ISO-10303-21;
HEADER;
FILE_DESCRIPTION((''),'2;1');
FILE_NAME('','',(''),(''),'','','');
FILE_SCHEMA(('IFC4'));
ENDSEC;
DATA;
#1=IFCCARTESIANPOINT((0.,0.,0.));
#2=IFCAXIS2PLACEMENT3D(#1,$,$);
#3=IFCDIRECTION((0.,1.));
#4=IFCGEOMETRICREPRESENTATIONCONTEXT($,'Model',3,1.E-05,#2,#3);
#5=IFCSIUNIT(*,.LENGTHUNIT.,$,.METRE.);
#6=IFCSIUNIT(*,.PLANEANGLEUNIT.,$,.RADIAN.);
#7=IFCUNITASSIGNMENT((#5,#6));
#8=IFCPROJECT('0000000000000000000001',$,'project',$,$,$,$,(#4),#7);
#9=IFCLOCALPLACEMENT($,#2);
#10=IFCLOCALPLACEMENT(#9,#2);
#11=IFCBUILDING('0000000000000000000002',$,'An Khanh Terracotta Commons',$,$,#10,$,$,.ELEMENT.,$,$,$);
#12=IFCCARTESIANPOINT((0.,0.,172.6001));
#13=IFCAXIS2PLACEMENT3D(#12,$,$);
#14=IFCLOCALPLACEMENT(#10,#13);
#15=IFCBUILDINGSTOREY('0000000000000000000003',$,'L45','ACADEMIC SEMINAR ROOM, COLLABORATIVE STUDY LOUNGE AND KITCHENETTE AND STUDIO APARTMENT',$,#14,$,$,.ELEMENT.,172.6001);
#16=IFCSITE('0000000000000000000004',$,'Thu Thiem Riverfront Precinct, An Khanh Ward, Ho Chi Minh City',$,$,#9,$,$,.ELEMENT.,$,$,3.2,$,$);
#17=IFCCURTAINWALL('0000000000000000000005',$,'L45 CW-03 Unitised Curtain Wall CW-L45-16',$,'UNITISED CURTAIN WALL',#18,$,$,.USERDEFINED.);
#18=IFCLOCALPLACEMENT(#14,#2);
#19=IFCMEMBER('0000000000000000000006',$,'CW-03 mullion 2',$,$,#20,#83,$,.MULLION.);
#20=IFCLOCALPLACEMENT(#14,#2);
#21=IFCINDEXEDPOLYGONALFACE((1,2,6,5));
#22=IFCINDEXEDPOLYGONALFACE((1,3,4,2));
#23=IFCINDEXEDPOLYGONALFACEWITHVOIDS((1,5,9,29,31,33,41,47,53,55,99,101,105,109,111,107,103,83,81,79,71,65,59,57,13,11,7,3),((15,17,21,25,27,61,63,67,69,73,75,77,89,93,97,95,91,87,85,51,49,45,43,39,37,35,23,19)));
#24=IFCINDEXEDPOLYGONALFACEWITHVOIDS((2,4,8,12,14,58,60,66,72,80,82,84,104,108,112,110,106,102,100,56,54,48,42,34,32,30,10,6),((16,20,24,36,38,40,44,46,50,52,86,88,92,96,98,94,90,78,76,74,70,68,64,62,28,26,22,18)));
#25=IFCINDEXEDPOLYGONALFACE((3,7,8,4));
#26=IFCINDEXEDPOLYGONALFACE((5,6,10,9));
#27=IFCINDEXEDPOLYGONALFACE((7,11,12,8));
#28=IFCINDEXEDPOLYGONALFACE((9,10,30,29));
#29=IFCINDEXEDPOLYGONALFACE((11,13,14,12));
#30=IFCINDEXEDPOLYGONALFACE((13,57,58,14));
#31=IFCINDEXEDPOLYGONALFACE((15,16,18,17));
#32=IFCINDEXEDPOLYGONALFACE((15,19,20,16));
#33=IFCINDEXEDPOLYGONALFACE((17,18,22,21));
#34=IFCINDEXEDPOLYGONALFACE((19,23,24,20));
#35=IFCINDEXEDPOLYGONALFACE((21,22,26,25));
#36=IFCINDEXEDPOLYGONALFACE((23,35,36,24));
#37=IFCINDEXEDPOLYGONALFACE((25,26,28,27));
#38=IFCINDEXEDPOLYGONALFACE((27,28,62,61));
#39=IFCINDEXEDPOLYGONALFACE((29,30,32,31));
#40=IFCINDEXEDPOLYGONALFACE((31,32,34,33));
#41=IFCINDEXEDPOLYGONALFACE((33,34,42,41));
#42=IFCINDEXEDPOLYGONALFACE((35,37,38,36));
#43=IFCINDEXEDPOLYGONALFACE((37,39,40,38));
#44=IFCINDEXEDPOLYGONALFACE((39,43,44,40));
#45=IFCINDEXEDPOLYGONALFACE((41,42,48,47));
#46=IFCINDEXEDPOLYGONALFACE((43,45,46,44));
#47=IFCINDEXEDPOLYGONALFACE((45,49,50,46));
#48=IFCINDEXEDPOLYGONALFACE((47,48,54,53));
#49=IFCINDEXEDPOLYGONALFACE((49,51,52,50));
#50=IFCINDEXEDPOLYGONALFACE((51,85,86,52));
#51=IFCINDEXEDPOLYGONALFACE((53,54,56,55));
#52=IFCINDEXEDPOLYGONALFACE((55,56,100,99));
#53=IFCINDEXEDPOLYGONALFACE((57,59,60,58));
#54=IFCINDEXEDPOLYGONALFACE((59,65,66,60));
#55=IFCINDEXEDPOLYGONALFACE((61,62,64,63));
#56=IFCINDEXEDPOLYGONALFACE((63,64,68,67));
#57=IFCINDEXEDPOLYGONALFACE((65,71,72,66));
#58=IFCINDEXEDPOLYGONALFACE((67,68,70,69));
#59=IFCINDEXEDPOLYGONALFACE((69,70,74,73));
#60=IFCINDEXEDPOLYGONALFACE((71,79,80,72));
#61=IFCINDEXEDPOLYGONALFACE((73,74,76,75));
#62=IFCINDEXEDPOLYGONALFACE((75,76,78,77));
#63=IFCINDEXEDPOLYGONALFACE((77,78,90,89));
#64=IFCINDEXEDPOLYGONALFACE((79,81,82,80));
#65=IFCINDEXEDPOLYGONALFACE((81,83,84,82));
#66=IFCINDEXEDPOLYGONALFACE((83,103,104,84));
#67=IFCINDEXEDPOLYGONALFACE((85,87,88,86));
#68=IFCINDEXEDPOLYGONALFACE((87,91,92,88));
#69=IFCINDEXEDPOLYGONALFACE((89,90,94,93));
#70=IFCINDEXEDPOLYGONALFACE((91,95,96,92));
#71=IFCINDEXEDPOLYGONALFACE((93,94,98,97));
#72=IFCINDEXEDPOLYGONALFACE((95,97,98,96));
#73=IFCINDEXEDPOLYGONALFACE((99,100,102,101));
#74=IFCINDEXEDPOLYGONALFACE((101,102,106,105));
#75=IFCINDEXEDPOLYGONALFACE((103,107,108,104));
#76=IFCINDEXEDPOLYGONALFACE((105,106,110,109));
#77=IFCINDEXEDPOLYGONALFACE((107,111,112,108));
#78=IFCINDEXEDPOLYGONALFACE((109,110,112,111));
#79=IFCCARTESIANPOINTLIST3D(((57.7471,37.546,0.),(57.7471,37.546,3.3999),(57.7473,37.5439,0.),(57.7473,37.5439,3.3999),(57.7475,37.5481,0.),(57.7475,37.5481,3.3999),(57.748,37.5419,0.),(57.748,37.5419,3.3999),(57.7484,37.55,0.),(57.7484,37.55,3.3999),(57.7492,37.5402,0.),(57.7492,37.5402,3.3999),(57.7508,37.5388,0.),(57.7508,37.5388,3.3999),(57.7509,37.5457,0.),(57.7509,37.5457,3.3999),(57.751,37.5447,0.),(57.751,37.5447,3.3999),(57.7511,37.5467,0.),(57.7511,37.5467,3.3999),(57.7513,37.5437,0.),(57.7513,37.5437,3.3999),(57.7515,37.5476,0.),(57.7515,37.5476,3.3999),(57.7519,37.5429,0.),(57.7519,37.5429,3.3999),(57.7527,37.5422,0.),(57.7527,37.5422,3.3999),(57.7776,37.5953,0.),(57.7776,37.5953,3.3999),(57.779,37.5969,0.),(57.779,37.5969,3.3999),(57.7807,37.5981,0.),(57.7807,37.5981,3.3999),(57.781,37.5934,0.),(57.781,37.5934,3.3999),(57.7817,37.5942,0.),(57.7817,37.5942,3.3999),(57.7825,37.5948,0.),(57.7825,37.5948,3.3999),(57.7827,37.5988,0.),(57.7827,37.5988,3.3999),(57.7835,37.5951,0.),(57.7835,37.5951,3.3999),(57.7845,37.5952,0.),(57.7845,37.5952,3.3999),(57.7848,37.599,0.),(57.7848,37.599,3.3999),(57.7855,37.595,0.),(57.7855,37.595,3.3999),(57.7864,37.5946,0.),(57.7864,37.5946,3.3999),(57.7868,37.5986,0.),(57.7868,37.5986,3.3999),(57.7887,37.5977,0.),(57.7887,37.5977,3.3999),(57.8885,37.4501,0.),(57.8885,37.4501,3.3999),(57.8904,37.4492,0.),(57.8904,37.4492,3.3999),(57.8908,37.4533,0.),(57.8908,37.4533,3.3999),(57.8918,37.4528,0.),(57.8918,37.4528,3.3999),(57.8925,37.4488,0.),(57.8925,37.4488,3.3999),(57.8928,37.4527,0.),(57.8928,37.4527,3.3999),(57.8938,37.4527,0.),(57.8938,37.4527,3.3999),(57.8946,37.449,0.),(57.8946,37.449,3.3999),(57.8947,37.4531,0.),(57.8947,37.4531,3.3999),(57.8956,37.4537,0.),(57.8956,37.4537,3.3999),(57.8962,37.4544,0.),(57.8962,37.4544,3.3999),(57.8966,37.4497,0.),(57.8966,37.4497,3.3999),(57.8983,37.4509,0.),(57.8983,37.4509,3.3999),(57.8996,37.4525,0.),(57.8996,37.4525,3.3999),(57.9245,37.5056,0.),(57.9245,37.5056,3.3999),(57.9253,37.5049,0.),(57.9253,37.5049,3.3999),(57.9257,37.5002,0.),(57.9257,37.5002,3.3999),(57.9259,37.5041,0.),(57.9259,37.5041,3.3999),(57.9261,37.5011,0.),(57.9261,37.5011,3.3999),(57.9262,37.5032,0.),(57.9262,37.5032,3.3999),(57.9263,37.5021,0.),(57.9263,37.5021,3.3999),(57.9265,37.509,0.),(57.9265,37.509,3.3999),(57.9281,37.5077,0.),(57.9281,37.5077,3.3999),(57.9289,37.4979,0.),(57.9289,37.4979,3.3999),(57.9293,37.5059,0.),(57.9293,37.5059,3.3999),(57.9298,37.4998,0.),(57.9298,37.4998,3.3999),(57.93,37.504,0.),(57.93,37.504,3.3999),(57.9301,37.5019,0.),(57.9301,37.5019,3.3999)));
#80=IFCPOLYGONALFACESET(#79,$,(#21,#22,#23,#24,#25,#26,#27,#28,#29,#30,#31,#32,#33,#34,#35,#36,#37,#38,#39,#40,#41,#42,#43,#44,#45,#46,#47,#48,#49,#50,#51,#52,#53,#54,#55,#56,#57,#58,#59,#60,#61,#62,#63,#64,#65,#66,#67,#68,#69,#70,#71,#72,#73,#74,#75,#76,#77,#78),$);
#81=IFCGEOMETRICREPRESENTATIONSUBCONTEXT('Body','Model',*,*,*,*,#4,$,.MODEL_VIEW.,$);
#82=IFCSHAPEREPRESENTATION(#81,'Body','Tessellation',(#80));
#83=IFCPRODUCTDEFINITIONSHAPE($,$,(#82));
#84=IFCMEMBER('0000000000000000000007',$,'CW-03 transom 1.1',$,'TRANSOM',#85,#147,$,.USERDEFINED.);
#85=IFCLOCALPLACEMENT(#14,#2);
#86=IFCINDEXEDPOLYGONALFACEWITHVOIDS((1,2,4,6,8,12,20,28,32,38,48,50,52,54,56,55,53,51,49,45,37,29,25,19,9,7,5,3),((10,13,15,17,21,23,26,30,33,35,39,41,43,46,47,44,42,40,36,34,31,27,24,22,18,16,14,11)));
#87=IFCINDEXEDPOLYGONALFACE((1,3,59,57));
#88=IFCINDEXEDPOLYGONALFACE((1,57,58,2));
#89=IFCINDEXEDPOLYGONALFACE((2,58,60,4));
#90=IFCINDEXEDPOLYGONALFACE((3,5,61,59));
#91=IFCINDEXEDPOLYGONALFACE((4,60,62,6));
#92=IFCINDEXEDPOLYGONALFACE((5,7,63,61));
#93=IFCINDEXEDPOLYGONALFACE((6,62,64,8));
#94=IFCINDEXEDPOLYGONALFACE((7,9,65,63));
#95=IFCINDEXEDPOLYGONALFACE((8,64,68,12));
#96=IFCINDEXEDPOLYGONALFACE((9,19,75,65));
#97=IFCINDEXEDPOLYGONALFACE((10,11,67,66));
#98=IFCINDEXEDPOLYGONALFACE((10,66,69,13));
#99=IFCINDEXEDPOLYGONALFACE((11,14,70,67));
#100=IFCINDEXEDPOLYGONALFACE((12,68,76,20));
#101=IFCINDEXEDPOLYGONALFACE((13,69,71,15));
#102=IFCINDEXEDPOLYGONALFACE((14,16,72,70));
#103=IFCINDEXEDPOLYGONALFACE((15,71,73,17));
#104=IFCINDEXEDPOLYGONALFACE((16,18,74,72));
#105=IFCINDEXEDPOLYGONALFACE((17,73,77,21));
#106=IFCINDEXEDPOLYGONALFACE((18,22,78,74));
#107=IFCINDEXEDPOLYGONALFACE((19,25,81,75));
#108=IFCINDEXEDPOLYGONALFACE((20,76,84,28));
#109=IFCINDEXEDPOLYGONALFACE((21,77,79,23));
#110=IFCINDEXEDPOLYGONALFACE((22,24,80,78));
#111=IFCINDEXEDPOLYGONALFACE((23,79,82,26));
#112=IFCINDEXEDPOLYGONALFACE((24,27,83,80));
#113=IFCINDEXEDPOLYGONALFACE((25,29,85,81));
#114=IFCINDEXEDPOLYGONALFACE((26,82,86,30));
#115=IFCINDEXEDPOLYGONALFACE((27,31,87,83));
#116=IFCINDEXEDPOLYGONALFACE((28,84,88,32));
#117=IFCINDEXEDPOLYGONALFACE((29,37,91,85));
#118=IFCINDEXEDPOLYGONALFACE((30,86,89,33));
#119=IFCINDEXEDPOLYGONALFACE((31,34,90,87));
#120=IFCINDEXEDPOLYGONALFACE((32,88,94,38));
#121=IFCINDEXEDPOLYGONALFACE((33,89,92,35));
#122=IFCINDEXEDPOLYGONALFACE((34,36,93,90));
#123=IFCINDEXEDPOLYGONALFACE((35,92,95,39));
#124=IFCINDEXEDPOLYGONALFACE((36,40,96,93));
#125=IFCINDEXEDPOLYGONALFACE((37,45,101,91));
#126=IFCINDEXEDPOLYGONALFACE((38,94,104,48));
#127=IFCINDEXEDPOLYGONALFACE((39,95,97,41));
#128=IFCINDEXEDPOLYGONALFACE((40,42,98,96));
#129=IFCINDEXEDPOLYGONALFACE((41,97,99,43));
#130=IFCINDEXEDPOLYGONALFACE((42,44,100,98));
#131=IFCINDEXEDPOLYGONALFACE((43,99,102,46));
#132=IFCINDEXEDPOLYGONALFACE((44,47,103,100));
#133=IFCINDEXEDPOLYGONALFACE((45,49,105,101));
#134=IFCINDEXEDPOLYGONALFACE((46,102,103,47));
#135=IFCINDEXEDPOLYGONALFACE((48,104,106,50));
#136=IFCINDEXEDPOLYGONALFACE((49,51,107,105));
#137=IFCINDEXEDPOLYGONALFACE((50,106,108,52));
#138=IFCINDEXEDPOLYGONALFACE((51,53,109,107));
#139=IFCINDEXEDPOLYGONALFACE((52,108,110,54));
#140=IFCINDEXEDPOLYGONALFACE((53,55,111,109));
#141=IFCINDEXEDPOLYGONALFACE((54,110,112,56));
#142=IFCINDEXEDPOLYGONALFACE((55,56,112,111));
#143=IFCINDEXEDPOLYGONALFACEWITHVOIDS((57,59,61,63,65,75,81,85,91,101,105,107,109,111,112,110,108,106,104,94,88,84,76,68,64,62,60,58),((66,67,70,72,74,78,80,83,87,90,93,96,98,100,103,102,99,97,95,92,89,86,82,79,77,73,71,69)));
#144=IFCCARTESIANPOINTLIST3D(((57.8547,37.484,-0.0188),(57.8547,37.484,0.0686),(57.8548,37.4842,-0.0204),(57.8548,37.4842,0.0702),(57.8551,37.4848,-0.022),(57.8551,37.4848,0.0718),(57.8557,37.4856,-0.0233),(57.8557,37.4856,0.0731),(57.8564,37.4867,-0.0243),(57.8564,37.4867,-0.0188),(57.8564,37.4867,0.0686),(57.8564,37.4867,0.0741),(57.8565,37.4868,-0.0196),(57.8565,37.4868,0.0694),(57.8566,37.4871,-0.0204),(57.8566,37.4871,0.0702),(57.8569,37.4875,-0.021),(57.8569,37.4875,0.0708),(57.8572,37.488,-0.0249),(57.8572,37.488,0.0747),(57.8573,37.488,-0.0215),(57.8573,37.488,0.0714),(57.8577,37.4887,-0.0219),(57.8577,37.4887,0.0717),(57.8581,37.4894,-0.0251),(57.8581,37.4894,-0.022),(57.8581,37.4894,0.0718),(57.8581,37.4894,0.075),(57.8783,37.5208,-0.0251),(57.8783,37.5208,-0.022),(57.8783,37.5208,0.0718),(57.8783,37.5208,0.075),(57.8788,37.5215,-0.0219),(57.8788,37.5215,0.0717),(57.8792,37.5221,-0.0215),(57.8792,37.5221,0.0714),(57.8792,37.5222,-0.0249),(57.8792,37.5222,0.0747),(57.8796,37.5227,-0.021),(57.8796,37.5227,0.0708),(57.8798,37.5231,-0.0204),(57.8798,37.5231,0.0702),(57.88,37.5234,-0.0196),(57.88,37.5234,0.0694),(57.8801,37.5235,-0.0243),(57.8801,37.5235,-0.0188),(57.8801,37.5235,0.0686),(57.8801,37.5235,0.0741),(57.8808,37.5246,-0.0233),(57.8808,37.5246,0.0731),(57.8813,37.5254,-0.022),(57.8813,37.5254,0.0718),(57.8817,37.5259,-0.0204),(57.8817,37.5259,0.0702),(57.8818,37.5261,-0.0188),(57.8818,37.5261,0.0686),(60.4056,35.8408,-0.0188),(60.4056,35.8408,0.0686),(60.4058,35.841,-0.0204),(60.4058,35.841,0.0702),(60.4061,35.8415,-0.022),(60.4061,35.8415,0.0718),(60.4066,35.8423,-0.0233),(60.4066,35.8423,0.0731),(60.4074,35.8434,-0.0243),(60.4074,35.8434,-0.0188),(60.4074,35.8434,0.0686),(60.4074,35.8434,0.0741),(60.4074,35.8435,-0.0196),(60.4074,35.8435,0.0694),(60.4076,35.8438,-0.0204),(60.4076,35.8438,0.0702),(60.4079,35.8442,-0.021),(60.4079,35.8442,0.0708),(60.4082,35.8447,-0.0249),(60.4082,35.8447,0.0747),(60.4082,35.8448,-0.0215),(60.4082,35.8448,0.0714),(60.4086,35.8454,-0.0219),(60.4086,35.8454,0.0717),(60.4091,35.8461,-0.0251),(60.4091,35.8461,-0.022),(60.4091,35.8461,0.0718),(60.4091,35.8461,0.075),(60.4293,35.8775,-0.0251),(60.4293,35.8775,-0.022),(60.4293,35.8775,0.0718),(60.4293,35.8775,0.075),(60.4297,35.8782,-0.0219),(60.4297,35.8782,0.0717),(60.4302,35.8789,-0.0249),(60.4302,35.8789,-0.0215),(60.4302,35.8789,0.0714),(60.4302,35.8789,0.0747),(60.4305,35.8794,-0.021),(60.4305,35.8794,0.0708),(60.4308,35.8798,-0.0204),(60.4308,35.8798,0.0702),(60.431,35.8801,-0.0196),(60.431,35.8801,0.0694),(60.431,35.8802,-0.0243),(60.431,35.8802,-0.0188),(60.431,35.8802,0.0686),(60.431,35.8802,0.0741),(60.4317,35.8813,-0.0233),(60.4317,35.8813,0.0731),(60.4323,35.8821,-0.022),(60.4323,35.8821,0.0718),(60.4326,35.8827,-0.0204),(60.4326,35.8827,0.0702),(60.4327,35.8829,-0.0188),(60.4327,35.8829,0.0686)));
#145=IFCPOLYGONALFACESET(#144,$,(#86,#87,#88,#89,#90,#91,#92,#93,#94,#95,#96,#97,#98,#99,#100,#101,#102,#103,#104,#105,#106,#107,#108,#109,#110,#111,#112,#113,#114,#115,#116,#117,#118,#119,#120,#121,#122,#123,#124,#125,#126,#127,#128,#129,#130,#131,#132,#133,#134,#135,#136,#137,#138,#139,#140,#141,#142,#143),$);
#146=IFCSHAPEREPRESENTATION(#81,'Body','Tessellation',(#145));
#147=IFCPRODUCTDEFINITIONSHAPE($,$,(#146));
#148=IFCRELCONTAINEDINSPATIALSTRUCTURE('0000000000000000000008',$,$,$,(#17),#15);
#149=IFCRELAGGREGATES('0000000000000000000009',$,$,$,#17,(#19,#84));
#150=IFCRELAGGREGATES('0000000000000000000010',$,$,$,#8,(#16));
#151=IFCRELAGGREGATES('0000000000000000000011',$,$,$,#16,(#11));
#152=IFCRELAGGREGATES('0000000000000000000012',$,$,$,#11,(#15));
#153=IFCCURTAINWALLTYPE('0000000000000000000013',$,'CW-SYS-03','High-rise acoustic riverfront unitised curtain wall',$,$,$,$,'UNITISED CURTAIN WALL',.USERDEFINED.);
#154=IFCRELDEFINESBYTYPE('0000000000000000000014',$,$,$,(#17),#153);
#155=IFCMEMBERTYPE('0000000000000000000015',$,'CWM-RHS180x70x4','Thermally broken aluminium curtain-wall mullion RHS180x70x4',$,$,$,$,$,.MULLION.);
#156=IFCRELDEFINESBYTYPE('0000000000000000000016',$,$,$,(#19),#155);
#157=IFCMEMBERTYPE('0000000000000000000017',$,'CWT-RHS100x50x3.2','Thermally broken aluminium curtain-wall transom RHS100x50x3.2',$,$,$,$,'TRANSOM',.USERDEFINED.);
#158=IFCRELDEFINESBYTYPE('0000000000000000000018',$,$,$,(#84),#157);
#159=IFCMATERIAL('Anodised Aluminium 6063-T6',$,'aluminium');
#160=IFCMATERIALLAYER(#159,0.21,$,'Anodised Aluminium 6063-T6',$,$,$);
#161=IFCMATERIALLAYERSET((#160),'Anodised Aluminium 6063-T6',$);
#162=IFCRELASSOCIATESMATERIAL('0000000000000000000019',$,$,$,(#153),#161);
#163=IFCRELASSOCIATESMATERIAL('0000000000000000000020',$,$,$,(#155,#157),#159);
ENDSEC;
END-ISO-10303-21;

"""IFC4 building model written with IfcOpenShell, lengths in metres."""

from ifc_helpers import new_model, si_unit, direction, frame, origin, origin_2d, place, context, subcontext, project, spatial, hollow_rectangle, extrude, material, layer, layer_set, material_profile, profile_set, type_object, element, aggregate, save


model = new_model("IFC4")

# Units and contexts
model_context = context("Model", 3, precision=1e-05, world=origin(), true_north=direction((0.0, 1.0)))
body_context = subcontext(model_context, "Body", "Model", "MODEL_VIEW")
ifc_project = project(units=[si_unit("LENGTHUNIT", "METRE"), si_unit("PLANEANGLEUNIT", "RADIAN")], contexts=[model_context])

# Site, building, storey
site_placement = place(None, origin())
site = spatial("IfcSite", under=ifc_project, at=site_placement, Name="Thu Thiem Riverfront Precinct, An Khanh Ward, Ho Chi Minh City", CompositionType="ELEMENT", RefElevation=3.2)
building_placement = place(site_placement, origin())
building = spatial("IfcBuilding", under=site, at=building_placement, Name="An Khanh Terracotta Commons", CompositionType="ELEMENT")
storey_placement = place(building_placement, frame((0.0, 0.0, 172.6001)))
storey = spatial("IfcBuildingStorey", under=building, at=storey_placement, Name="L45", Description="ACADEMIC SEMINAR ROOM, COLLABORATIVE STUDY LOUNGE AND KITCHENETTE AND STUDIO APARTMENT", CompositionType="ELEMENT", Elevation=172.6001)

# Shared definitions
ifc_material_1 = material(Name="Anodised Aluminium 6063-T6", Category="aluminium")

# Curtain wall, members
ifc_layer_1 = layer(ifc_material_1, 0.21, Name="Anodised Aluminium 6063-T6")
ifc_layer_set_1 = layer_set([ifc_layer_1], Name="Anodised Aluminium 6063-T6")
curtain_wall_type_1 = type_object("IfcCurtainWallType", Name="CW-SYS-03", Description="High-rise acoustic riverfront unitised curtain wall", ElementType="UNITISED CURTAIN WALL", PredefinedType="USERDEFINED", material=ifc_layer_set_1)
curtain_wall_1_placement = place(storey_placement, origin())
curtain_wall_1 = element("IfcCurtainWall", 1, at=curtain_wall_1_placement, inside=storey, type_object=curtain_wall_type_1, Name="L45 CW-03 Unitised Curtain Wall CW-L45-16", ObjectType="UNITISED CURTAIN WALL", PredefinedType="USERDEFINED")
ifc_material_profile_1 = material_profile(ifc_material_1, hollow_rectangle(XDim=0.0701, YDim=0.1799, WallThickness=0.0039, InnerFilletRadius=0.0039, OuterFilletRadius=0.0081, at=origin_2d()), Name="RHS180x70x4")
ifc_profile_set_1 = profile_set([ifc_material_profile_1], Name="Anodised Aluminium 6063-T6")
member_type_1 = type_object("IfcMemberType", Name="CWM-RHS180x70x4", Description="Thermally broken aluminium curtain-wall mullion RHS180x70x4", PredefinedType="MULLION", material=ifc_profile_set_1)
member_1_placement = place(storey_placement, frame((57.8386, 37.5239, 0.0), z_axis=(0.0, 0.0, 1.0), x_axis=(-0.541498, -0.840702, 0.0)))
member_1 = element("IfcMember", 2, at=member_1_placement, type_object=member_type_1, Name="CW-03 mullion 2", PredefinedType="MULLION", context=body_context, shape_type="SweptSolid", body=[
    extrude(hollow_rectangle(XDim=0.0701, YDim=0.1799, WallThickness=0.0039, InnerFilletRadius=0.0039, OuterFilletRadius=0.0081, at=origin_2d()), origin(), (0.0, 0.0, 1.0), 3.3999),
])
ifc_material_profile_2 = material_profile(ifc_material_1, hollow_rectangle(XDim=0.05, YDim=0.1001, WallThickness=0.0032, InnerFilletRadius=0.0032, OuterFilletRadius=0.0063, at=origin_2d()), Name="RHS100x50x3.2")
ifc_profile_set_2 = profile_set([ifc_material_profile_2], Name="Anodised Aluminium 6063-T6")
member_type_2 = type_object("IfcMemberType", Name="CWT-RHS100x50x3.2", Description="Thermally broken aluminium curtain-wall transom RHS100x50x3.2", ElementType="TRANSOM", PredefinedType="USERDEFINED", material=ifc_profile_set_2)
member_2_placement = place(storey_placement, frame((60.4192, 35.8618, 0.0249), z_axis=(-0.840674, 0.541542, 0.0), x_axis=(-0.541542, -0.840674, 0.0)))
member_2 = element("IfcMember", 3, at=member_2_placement, type_object=member_type_2, Name="CW-03 transom 1.1", ObjectType="TRANSOM", PredefinedType="USERDEFINED", context=body_context, shape_type="SweptSolid", body=[
    extrude(hollow_rectangle(XDim=0.05, YDim=0.1001, WallThickness=0.0032, InnerFilletRadius=0.0032, OuterFilletRadius=0.0063, at=origin_2d()), origin(), (0.0, 0.0, 1.0), 3.0344),
])

aggregate(curtain_wall_1, [member_1, member_2])

save(model, "model.ifc")
